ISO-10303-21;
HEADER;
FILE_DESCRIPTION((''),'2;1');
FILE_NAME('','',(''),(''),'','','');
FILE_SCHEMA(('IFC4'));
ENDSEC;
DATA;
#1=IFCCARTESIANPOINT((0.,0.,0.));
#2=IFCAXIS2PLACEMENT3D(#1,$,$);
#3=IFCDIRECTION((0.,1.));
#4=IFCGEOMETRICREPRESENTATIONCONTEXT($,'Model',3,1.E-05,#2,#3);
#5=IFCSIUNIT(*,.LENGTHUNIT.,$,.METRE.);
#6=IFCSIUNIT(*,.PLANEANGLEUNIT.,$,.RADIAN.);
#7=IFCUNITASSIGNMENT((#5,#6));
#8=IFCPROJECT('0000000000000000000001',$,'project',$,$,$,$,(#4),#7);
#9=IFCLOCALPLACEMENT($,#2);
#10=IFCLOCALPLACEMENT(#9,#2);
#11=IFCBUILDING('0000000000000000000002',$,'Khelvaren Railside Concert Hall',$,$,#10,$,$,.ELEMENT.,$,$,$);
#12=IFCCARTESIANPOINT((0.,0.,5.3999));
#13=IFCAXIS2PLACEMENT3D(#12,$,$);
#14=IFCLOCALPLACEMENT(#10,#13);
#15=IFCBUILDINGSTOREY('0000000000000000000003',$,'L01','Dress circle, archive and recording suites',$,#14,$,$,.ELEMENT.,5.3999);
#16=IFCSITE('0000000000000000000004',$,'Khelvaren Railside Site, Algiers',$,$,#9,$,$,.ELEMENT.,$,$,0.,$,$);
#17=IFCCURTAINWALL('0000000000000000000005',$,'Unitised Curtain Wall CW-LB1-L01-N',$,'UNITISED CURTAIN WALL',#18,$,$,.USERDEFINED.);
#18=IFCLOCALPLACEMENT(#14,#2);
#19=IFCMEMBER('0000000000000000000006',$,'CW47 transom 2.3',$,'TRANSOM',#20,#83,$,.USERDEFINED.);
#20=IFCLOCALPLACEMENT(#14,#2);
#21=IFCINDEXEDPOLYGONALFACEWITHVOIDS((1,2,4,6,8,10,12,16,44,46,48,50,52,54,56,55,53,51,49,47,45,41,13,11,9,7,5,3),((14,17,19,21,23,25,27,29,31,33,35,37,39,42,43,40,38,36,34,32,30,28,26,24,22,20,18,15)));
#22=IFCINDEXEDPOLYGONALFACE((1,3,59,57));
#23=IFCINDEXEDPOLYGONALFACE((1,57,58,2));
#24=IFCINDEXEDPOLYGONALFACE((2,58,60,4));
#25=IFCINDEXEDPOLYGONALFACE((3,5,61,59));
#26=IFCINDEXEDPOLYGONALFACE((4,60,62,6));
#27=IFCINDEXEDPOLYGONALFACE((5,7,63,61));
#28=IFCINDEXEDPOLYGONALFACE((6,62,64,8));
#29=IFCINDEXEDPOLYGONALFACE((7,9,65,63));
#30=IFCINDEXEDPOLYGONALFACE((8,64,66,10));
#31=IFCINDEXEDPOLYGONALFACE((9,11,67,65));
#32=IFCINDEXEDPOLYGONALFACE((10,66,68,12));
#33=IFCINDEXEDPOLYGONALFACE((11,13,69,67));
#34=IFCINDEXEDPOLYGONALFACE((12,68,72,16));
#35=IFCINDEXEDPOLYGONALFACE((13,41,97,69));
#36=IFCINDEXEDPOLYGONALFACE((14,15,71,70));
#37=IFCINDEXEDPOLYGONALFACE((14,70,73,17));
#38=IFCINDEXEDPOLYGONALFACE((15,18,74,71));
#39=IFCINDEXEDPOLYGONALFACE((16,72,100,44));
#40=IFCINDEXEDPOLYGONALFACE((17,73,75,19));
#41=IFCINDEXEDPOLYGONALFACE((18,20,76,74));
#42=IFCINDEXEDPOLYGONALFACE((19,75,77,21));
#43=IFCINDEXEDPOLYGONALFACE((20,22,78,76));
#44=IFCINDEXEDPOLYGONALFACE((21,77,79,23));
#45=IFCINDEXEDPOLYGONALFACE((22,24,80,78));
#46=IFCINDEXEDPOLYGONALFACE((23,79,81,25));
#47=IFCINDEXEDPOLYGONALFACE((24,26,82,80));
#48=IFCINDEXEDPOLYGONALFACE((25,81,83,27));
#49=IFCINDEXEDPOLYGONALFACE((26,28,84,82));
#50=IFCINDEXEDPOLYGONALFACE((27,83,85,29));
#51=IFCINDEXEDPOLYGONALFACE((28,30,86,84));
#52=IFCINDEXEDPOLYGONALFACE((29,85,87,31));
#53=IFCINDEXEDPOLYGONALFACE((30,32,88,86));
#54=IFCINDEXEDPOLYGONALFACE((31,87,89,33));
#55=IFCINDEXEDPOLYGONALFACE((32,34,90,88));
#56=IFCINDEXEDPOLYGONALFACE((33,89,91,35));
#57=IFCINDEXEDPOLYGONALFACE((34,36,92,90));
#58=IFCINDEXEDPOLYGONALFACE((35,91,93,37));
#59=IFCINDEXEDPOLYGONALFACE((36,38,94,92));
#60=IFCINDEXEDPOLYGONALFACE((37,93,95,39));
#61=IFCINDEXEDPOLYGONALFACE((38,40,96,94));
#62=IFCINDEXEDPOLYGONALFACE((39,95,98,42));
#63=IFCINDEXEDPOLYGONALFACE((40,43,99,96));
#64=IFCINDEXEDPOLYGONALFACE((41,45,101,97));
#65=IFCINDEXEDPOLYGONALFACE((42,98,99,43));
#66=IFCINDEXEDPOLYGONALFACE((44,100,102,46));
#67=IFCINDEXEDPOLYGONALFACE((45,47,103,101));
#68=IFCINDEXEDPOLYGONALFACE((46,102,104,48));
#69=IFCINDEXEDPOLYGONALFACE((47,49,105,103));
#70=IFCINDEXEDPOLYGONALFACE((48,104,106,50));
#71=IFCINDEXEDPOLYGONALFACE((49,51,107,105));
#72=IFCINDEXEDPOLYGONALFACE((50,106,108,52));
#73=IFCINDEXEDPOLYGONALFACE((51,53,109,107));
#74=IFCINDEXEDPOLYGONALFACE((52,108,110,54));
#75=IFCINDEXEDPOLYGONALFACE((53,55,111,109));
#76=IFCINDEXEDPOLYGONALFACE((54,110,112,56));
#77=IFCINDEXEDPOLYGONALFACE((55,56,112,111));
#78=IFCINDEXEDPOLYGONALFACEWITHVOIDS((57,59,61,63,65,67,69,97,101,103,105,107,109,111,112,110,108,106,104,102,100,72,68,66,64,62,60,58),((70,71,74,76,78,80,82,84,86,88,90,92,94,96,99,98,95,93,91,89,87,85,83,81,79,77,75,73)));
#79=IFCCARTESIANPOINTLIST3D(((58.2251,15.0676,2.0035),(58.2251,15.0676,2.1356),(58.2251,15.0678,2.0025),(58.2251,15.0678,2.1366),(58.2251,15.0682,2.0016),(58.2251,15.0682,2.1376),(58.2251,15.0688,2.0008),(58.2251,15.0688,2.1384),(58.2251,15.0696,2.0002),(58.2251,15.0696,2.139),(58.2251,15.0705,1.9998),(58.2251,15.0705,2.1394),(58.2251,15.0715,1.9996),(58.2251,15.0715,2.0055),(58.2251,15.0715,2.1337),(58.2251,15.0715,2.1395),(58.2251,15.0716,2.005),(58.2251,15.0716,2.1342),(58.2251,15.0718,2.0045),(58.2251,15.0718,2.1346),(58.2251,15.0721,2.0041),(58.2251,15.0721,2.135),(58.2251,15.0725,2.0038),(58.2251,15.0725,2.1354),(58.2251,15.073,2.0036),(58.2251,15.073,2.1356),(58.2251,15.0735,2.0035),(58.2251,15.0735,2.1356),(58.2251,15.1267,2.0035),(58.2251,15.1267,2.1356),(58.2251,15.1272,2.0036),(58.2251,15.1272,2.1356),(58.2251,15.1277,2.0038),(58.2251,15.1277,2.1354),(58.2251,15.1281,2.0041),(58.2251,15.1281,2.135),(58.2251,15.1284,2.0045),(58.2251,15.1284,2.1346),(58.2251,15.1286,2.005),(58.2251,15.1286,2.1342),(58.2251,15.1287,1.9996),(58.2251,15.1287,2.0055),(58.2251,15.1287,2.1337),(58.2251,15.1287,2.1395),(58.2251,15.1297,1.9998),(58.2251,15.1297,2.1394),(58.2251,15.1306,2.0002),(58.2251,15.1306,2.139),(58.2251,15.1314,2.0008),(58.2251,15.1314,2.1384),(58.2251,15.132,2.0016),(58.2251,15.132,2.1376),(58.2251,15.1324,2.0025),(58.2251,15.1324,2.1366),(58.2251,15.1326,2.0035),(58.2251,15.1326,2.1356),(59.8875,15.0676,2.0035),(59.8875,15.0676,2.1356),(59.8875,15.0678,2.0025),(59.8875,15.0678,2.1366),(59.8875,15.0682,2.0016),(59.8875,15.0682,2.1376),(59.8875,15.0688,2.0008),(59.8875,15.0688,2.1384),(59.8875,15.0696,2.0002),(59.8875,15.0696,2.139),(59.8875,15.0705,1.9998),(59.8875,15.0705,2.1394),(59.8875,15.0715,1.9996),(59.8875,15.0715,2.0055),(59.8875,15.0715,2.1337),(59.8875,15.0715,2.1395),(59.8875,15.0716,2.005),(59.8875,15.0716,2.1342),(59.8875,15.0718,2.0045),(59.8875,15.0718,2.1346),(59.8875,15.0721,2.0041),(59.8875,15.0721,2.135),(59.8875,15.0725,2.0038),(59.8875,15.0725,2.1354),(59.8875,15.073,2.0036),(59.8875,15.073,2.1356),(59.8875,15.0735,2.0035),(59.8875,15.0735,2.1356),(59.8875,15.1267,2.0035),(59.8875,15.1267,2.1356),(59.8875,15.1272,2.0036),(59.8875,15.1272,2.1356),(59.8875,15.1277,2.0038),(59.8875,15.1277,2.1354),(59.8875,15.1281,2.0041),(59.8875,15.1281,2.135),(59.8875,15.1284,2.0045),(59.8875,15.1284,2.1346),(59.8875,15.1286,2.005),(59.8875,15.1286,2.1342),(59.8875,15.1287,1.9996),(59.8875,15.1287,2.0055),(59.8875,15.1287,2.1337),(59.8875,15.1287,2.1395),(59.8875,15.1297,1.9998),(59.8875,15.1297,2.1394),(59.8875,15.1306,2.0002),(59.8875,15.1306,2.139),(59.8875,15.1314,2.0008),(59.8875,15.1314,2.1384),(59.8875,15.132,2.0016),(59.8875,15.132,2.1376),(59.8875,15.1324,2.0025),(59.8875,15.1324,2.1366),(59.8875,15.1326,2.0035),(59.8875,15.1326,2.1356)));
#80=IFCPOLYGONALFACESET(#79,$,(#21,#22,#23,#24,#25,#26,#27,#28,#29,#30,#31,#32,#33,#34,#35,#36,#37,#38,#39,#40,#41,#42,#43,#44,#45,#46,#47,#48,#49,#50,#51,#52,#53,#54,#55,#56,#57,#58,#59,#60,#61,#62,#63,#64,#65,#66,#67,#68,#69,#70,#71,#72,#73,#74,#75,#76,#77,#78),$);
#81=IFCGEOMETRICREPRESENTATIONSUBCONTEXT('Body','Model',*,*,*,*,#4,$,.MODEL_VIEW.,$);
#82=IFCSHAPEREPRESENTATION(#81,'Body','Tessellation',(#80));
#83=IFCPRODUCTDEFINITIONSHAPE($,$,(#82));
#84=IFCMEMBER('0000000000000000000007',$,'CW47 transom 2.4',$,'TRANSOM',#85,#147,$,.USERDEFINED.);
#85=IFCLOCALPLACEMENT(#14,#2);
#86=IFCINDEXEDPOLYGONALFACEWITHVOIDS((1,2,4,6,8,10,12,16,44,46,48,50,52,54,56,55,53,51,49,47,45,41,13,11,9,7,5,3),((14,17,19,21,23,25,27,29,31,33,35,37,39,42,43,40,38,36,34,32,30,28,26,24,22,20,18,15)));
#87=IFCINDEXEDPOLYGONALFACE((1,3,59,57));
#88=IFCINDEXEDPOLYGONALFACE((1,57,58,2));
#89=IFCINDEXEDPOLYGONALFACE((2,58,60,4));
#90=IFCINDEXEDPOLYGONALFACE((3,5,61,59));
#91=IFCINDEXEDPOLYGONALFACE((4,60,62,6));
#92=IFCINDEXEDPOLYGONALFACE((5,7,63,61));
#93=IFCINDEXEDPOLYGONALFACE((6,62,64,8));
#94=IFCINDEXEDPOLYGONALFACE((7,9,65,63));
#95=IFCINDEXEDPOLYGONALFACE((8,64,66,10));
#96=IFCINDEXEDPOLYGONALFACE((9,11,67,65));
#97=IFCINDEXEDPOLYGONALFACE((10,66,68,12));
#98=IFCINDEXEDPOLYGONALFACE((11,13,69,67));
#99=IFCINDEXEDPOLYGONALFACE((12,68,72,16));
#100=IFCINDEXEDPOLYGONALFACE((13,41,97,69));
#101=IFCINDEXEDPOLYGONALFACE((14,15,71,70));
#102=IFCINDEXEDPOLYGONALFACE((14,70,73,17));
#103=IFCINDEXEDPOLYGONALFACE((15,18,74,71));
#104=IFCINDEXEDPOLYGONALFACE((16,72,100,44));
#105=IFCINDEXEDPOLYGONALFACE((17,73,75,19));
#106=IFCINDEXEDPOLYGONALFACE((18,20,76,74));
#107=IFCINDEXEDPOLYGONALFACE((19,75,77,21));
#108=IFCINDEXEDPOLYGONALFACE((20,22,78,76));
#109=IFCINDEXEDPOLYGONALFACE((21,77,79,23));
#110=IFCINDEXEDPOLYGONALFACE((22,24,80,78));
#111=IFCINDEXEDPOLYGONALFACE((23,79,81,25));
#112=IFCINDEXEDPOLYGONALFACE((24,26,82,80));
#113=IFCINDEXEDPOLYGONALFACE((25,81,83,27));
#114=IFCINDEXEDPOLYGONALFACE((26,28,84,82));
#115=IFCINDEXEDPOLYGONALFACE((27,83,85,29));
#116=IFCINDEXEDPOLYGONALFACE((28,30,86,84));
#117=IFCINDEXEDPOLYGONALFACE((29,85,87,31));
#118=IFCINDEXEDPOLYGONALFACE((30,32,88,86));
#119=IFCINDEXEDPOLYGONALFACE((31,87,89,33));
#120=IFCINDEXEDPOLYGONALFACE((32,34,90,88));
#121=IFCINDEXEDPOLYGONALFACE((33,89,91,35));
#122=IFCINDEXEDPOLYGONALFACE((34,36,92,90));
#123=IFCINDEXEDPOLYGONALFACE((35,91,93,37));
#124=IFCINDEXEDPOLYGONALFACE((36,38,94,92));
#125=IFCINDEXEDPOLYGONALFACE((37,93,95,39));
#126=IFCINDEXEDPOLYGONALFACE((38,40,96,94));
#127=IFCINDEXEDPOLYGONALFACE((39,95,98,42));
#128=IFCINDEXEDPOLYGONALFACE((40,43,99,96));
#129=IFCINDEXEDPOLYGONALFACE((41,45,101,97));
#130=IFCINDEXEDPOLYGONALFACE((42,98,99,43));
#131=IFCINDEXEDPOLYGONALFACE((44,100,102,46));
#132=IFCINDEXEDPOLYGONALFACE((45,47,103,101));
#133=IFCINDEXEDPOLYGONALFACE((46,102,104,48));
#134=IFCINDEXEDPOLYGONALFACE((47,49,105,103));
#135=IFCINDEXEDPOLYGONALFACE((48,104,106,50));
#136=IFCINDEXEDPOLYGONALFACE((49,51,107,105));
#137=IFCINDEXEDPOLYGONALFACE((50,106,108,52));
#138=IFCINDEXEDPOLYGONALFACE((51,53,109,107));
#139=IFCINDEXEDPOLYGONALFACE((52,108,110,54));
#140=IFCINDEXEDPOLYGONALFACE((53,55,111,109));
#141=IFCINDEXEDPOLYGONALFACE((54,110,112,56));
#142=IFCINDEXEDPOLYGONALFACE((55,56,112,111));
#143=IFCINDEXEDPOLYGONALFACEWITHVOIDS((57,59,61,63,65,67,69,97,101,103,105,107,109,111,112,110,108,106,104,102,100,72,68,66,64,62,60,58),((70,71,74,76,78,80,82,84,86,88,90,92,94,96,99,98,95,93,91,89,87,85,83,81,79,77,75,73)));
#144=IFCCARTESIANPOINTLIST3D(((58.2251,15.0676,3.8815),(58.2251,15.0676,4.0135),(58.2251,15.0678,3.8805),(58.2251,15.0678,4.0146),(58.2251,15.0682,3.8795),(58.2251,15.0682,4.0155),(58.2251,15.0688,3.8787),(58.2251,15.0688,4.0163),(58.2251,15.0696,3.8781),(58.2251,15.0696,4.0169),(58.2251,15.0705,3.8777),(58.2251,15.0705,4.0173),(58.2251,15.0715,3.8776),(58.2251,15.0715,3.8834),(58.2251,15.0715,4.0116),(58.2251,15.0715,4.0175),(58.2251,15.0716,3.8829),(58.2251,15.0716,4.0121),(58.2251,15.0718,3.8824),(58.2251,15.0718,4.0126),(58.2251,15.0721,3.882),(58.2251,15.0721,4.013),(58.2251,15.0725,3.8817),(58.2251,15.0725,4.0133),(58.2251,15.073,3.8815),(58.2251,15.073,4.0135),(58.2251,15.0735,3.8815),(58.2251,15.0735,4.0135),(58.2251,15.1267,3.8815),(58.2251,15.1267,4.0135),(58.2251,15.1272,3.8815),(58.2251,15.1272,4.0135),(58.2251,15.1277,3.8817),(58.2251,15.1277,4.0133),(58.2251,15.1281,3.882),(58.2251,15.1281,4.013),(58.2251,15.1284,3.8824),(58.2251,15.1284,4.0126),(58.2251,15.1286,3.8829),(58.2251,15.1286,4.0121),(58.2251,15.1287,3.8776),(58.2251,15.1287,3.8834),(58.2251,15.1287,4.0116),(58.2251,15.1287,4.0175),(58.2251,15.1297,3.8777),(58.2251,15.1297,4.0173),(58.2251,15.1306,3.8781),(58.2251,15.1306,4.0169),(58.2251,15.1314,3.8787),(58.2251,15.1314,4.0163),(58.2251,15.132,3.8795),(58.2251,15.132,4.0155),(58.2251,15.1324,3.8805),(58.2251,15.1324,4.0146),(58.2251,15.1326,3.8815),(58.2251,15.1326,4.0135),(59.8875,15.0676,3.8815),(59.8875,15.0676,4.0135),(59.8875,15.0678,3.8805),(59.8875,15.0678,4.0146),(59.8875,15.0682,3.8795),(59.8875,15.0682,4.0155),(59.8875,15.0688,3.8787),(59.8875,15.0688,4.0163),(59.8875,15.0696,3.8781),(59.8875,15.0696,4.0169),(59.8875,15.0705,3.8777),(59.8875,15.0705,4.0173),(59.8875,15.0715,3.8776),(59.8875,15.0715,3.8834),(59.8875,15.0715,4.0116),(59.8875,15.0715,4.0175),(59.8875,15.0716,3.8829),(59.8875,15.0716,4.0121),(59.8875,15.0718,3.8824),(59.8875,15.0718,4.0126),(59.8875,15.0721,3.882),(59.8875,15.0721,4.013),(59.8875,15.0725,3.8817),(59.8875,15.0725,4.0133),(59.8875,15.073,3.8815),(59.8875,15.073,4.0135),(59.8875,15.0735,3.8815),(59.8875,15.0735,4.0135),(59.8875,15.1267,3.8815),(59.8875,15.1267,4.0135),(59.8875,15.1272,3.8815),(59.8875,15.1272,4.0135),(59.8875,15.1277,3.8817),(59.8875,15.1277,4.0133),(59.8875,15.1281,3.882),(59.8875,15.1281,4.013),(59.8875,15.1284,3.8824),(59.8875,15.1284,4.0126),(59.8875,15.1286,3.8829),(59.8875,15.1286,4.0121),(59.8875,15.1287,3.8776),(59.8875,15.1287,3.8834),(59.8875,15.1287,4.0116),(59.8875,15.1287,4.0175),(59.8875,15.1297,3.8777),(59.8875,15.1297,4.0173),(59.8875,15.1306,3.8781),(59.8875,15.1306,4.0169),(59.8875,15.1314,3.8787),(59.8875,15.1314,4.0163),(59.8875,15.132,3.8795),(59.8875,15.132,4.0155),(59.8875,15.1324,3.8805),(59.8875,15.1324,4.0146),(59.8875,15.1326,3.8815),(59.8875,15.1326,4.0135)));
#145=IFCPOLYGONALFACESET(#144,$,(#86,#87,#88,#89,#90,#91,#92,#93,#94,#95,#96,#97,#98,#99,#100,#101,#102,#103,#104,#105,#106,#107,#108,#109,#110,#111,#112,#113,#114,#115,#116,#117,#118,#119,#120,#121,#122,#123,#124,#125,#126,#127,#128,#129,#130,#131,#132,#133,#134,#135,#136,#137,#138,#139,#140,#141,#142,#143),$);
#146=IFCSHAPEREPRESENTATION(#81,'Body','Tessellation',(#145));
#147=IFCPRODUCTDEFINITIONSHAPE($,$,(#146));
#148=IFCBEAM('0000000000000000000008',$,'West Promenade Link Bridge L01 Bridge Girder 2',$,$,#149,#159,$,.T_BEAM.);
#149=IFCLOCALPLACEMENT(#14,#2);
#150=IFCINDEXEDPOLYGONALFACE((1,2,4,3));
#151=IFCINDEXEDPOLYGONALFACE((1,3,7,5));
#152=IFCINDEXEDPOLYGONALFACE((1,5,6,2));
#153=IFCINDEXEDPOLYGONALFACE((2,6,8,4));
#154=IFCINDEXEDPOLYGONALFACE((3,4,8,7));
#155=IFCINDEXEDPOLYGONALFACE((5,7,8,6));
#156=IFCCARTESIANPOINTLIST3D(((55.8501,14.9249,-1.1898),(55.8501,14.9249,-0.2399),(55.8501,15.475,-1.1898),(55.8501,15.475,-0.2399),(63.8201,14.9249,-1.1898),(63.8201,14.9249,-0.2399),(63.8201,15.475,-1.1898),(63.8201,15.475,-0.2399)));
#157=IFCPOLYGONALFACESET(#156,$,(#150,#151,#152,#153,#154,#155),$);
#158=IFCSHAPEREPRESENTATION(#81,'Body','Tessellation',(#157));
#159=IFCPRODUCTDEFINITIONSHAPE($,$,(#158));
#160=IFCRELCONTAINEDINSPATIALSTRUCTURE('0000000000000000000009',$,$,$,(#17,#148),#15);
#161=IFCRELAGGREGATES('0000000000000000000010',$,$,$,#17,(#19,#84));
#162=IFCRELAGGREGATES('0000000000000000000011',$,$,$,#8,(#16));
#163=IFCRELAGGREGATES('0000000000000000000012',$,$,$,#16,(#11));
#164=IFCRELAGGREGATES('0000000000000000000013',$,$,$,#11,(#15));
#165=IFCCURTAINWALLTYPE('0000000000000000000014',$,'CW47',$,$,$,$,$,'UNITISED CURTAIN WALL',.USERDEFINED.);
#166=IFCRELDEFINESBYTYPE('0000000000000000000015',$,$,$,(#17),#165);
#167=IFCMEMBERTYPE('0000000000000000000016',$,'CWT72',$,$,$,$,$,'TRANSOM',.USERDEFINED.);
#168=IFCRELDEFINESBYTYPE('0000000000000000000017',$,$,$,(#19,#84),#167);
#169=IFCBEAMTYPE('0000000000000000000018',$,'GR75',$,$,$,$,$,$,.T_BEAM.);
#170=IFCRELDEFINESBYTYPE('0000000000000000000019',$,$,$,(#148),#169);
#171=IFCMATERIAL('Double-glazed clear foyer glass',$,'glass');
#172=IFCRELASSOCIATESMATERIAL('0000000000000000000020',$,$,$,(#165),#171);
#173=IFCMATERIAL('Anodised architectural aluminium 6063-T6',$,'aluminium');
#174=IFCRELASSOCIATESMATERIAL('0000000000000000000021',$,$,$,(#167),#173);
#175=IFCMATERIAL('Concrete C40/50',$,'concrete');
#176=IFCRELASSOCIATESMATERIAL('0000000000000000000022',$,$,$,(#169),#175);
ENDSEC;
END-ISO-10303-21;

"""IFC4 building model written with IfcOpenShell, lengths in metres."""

from ifc_helpers import new_model, si_unit, direction, frame, origin, origin_2d, place, context, subcontext, project, spatial, rectangle, hollow_rectangle, extrude, material, material_profile, profile_set, type_object, element, aggregate, save


model = new_model("IFC4")

# Units and contexts
model_context = context("Model", 3, precision=1e-05, world=origin(), true_north=direction((0.0, 1.0)))
body_context = subcontext(model_context, "Body", "Model", "MODEL_VIEW")
ifc_project = project(units=[si_unit("LENGTHUNIT", "METRE"), si_unit("PLANEANGLEUNIT", "RADIAN")], contexts=[model_context])

# Site, building, storey
site_placement = place(None, origin())
site = spatial("IfcSite", under=ifc_project, at=site_placement, Name="Khelvaren Railside Site, Algiers", CompositionType="ELEMENT", RefElevation=0.0)
building_placement = place(site_placement, origin())
building = spatial("IfcBuilding", under=site, at=building_placement, Name="Khelvaren Railside Concert Hall", CompositionType="ELEMENT")
storey_placement = place(building_placement, frame((0.0, 0.0, 5.3999)))
storey = spatial("IfcBuildingStorey", under=building, at=storey_placement, Name="L01", Description="Dress circle, archive and recording suites", CompositionType="ELEMENT", Elevation=5.3999)

# Curtain wall, members
ifc_material_1 = material(Name="Double-glazed clear foyer glass", Category="glass")
curtain_wall_type = type_object("IfcCurtainWallType", Name="CW47", ElementType="UNITISED CURTAIN WALL", PredefinedType="USERDEFINED", material=ifc_material_1)
curtain_wall_placement = place(storey_placement, origin())
curtain_wall = element("IfcCurtainWall", 1, at=curtain_wall_placement, inside=storey, type_object=curtain_wall_type, Name="Unitised Curtain Wall CW-LB1-L01-N", ObjectType="UNITISED CURTAIN WALL", PredefinedType="USERDEFINED")
ifc_material_2 = material(Name="Anodised architectural aluminium 6063-T6", Category="aluminium")
ifc_material_profile_1 = material_profile(ifc_material_2, hollow_rectangle(XDim=0.0649, YDim=0.1399, WallThickness=0.0039, InnerFilletRadius=0.002, OuterFilletRadius=0.0039, at=origin_2d()), Name="CWT 65x140x4")
ifc_profile_set_1 = profile_set([ifc_material_profile_1], Name="Anodised architectural aluminium 6063-T6")
member_type_1 = type_object("IfcMemberType", Name="CWT72", ElementType="TRANSOM", PredefinedType="USERDEFINED", material=ifc_profile_set_1)
member_1_placement = place(storey_placement, frame((58.2251, 15.1001, 2.0696), z_axis=(1.0, 0.0, 0.0), x_axis=(0.0, 1.0, 0.0)))
member_1 = element("IfcMember", 2, at=member_1_placement, type_object=member_type_1, Name="CW47 transom 2.3", ObjectType="TRANSOM", PredefinedType="USERDEFINED", context=body_context, shape_type="SweptSolid", body=[
    extrude(hollow_rectangle(XDim=0.0649, YDim=0.1399, WallThickness=0.0039, InnerFilletRadius=0.002, OuterFilletRadius=0.0039, at=origin_2d()), origin(), (0.0, 0.0, 1.0), 1.6624),
])
member_2_placement = place(storey_placement, frame((58.2251, 15.1001, 3.9475), z_axis=(1.0, 0.0, 0.0), x_axis=(0.0, 1.0, 0.0)))
member_2 = element("IfcMember", 3, at=member_2_placement, type_object=member_type_1, Name="CW47 transom 2.4", ObjectType="TRANSOM", PredefinedType="USERDEFINED", context=body_context, shape_type="SweptSolid", body=[
    extrude(hollow_rectangle(XDim=0.0649, YDim=0.1399, WallThickness=0.0039, InnerFilletRadius=0.002, OuterFilletRadius=0.0039, at=origin_2d()), origin(), (0.0, 0.0, 1.0), 1.6624),
])

# Beam
ifc_material_3 = material(Name="Concrete C40/50", Category="concrete")
ifc_material_profile_2 = material_profile(ifc_material_3, rectangle(XDim=0.55, YDim=0.95, at=origin_2d()), Name="RCB 550x950")
ifc_profile_set_2 = profile_set([ifc_material_profile_2], Name="Concrete C40/50")
beam_type_1 = type_object("IfcBeamType", Name="GR75", PredefinedType="T_BEAM", material=ifc_profile_set_2)
beam_1_placement = place(storey_placement, frame((55.8501, 15.2, -0.7148), z_axis=(1.0, 0.0, 0.0), x_axis=(0.0, 1.0, 0.0)))
element("IfcBeam", 4, at=beam_1_placement, inside=storey, type_object=beam_type_1, Name="West Promenade Link Bridge L01 Bridge Girder 2", PredefinedType="T_BEAM", context=body_context, shape_type="SweptSolid", body=[
    extrude(rectangle(XDim=0.55, YDim=0.95, at=origin_2d()), origin(), (0.0, 0.0, 1.0), 7.97),
])

aggregate(curtain_wall, [member_1, member_2])

save(model, "model.ifc")
